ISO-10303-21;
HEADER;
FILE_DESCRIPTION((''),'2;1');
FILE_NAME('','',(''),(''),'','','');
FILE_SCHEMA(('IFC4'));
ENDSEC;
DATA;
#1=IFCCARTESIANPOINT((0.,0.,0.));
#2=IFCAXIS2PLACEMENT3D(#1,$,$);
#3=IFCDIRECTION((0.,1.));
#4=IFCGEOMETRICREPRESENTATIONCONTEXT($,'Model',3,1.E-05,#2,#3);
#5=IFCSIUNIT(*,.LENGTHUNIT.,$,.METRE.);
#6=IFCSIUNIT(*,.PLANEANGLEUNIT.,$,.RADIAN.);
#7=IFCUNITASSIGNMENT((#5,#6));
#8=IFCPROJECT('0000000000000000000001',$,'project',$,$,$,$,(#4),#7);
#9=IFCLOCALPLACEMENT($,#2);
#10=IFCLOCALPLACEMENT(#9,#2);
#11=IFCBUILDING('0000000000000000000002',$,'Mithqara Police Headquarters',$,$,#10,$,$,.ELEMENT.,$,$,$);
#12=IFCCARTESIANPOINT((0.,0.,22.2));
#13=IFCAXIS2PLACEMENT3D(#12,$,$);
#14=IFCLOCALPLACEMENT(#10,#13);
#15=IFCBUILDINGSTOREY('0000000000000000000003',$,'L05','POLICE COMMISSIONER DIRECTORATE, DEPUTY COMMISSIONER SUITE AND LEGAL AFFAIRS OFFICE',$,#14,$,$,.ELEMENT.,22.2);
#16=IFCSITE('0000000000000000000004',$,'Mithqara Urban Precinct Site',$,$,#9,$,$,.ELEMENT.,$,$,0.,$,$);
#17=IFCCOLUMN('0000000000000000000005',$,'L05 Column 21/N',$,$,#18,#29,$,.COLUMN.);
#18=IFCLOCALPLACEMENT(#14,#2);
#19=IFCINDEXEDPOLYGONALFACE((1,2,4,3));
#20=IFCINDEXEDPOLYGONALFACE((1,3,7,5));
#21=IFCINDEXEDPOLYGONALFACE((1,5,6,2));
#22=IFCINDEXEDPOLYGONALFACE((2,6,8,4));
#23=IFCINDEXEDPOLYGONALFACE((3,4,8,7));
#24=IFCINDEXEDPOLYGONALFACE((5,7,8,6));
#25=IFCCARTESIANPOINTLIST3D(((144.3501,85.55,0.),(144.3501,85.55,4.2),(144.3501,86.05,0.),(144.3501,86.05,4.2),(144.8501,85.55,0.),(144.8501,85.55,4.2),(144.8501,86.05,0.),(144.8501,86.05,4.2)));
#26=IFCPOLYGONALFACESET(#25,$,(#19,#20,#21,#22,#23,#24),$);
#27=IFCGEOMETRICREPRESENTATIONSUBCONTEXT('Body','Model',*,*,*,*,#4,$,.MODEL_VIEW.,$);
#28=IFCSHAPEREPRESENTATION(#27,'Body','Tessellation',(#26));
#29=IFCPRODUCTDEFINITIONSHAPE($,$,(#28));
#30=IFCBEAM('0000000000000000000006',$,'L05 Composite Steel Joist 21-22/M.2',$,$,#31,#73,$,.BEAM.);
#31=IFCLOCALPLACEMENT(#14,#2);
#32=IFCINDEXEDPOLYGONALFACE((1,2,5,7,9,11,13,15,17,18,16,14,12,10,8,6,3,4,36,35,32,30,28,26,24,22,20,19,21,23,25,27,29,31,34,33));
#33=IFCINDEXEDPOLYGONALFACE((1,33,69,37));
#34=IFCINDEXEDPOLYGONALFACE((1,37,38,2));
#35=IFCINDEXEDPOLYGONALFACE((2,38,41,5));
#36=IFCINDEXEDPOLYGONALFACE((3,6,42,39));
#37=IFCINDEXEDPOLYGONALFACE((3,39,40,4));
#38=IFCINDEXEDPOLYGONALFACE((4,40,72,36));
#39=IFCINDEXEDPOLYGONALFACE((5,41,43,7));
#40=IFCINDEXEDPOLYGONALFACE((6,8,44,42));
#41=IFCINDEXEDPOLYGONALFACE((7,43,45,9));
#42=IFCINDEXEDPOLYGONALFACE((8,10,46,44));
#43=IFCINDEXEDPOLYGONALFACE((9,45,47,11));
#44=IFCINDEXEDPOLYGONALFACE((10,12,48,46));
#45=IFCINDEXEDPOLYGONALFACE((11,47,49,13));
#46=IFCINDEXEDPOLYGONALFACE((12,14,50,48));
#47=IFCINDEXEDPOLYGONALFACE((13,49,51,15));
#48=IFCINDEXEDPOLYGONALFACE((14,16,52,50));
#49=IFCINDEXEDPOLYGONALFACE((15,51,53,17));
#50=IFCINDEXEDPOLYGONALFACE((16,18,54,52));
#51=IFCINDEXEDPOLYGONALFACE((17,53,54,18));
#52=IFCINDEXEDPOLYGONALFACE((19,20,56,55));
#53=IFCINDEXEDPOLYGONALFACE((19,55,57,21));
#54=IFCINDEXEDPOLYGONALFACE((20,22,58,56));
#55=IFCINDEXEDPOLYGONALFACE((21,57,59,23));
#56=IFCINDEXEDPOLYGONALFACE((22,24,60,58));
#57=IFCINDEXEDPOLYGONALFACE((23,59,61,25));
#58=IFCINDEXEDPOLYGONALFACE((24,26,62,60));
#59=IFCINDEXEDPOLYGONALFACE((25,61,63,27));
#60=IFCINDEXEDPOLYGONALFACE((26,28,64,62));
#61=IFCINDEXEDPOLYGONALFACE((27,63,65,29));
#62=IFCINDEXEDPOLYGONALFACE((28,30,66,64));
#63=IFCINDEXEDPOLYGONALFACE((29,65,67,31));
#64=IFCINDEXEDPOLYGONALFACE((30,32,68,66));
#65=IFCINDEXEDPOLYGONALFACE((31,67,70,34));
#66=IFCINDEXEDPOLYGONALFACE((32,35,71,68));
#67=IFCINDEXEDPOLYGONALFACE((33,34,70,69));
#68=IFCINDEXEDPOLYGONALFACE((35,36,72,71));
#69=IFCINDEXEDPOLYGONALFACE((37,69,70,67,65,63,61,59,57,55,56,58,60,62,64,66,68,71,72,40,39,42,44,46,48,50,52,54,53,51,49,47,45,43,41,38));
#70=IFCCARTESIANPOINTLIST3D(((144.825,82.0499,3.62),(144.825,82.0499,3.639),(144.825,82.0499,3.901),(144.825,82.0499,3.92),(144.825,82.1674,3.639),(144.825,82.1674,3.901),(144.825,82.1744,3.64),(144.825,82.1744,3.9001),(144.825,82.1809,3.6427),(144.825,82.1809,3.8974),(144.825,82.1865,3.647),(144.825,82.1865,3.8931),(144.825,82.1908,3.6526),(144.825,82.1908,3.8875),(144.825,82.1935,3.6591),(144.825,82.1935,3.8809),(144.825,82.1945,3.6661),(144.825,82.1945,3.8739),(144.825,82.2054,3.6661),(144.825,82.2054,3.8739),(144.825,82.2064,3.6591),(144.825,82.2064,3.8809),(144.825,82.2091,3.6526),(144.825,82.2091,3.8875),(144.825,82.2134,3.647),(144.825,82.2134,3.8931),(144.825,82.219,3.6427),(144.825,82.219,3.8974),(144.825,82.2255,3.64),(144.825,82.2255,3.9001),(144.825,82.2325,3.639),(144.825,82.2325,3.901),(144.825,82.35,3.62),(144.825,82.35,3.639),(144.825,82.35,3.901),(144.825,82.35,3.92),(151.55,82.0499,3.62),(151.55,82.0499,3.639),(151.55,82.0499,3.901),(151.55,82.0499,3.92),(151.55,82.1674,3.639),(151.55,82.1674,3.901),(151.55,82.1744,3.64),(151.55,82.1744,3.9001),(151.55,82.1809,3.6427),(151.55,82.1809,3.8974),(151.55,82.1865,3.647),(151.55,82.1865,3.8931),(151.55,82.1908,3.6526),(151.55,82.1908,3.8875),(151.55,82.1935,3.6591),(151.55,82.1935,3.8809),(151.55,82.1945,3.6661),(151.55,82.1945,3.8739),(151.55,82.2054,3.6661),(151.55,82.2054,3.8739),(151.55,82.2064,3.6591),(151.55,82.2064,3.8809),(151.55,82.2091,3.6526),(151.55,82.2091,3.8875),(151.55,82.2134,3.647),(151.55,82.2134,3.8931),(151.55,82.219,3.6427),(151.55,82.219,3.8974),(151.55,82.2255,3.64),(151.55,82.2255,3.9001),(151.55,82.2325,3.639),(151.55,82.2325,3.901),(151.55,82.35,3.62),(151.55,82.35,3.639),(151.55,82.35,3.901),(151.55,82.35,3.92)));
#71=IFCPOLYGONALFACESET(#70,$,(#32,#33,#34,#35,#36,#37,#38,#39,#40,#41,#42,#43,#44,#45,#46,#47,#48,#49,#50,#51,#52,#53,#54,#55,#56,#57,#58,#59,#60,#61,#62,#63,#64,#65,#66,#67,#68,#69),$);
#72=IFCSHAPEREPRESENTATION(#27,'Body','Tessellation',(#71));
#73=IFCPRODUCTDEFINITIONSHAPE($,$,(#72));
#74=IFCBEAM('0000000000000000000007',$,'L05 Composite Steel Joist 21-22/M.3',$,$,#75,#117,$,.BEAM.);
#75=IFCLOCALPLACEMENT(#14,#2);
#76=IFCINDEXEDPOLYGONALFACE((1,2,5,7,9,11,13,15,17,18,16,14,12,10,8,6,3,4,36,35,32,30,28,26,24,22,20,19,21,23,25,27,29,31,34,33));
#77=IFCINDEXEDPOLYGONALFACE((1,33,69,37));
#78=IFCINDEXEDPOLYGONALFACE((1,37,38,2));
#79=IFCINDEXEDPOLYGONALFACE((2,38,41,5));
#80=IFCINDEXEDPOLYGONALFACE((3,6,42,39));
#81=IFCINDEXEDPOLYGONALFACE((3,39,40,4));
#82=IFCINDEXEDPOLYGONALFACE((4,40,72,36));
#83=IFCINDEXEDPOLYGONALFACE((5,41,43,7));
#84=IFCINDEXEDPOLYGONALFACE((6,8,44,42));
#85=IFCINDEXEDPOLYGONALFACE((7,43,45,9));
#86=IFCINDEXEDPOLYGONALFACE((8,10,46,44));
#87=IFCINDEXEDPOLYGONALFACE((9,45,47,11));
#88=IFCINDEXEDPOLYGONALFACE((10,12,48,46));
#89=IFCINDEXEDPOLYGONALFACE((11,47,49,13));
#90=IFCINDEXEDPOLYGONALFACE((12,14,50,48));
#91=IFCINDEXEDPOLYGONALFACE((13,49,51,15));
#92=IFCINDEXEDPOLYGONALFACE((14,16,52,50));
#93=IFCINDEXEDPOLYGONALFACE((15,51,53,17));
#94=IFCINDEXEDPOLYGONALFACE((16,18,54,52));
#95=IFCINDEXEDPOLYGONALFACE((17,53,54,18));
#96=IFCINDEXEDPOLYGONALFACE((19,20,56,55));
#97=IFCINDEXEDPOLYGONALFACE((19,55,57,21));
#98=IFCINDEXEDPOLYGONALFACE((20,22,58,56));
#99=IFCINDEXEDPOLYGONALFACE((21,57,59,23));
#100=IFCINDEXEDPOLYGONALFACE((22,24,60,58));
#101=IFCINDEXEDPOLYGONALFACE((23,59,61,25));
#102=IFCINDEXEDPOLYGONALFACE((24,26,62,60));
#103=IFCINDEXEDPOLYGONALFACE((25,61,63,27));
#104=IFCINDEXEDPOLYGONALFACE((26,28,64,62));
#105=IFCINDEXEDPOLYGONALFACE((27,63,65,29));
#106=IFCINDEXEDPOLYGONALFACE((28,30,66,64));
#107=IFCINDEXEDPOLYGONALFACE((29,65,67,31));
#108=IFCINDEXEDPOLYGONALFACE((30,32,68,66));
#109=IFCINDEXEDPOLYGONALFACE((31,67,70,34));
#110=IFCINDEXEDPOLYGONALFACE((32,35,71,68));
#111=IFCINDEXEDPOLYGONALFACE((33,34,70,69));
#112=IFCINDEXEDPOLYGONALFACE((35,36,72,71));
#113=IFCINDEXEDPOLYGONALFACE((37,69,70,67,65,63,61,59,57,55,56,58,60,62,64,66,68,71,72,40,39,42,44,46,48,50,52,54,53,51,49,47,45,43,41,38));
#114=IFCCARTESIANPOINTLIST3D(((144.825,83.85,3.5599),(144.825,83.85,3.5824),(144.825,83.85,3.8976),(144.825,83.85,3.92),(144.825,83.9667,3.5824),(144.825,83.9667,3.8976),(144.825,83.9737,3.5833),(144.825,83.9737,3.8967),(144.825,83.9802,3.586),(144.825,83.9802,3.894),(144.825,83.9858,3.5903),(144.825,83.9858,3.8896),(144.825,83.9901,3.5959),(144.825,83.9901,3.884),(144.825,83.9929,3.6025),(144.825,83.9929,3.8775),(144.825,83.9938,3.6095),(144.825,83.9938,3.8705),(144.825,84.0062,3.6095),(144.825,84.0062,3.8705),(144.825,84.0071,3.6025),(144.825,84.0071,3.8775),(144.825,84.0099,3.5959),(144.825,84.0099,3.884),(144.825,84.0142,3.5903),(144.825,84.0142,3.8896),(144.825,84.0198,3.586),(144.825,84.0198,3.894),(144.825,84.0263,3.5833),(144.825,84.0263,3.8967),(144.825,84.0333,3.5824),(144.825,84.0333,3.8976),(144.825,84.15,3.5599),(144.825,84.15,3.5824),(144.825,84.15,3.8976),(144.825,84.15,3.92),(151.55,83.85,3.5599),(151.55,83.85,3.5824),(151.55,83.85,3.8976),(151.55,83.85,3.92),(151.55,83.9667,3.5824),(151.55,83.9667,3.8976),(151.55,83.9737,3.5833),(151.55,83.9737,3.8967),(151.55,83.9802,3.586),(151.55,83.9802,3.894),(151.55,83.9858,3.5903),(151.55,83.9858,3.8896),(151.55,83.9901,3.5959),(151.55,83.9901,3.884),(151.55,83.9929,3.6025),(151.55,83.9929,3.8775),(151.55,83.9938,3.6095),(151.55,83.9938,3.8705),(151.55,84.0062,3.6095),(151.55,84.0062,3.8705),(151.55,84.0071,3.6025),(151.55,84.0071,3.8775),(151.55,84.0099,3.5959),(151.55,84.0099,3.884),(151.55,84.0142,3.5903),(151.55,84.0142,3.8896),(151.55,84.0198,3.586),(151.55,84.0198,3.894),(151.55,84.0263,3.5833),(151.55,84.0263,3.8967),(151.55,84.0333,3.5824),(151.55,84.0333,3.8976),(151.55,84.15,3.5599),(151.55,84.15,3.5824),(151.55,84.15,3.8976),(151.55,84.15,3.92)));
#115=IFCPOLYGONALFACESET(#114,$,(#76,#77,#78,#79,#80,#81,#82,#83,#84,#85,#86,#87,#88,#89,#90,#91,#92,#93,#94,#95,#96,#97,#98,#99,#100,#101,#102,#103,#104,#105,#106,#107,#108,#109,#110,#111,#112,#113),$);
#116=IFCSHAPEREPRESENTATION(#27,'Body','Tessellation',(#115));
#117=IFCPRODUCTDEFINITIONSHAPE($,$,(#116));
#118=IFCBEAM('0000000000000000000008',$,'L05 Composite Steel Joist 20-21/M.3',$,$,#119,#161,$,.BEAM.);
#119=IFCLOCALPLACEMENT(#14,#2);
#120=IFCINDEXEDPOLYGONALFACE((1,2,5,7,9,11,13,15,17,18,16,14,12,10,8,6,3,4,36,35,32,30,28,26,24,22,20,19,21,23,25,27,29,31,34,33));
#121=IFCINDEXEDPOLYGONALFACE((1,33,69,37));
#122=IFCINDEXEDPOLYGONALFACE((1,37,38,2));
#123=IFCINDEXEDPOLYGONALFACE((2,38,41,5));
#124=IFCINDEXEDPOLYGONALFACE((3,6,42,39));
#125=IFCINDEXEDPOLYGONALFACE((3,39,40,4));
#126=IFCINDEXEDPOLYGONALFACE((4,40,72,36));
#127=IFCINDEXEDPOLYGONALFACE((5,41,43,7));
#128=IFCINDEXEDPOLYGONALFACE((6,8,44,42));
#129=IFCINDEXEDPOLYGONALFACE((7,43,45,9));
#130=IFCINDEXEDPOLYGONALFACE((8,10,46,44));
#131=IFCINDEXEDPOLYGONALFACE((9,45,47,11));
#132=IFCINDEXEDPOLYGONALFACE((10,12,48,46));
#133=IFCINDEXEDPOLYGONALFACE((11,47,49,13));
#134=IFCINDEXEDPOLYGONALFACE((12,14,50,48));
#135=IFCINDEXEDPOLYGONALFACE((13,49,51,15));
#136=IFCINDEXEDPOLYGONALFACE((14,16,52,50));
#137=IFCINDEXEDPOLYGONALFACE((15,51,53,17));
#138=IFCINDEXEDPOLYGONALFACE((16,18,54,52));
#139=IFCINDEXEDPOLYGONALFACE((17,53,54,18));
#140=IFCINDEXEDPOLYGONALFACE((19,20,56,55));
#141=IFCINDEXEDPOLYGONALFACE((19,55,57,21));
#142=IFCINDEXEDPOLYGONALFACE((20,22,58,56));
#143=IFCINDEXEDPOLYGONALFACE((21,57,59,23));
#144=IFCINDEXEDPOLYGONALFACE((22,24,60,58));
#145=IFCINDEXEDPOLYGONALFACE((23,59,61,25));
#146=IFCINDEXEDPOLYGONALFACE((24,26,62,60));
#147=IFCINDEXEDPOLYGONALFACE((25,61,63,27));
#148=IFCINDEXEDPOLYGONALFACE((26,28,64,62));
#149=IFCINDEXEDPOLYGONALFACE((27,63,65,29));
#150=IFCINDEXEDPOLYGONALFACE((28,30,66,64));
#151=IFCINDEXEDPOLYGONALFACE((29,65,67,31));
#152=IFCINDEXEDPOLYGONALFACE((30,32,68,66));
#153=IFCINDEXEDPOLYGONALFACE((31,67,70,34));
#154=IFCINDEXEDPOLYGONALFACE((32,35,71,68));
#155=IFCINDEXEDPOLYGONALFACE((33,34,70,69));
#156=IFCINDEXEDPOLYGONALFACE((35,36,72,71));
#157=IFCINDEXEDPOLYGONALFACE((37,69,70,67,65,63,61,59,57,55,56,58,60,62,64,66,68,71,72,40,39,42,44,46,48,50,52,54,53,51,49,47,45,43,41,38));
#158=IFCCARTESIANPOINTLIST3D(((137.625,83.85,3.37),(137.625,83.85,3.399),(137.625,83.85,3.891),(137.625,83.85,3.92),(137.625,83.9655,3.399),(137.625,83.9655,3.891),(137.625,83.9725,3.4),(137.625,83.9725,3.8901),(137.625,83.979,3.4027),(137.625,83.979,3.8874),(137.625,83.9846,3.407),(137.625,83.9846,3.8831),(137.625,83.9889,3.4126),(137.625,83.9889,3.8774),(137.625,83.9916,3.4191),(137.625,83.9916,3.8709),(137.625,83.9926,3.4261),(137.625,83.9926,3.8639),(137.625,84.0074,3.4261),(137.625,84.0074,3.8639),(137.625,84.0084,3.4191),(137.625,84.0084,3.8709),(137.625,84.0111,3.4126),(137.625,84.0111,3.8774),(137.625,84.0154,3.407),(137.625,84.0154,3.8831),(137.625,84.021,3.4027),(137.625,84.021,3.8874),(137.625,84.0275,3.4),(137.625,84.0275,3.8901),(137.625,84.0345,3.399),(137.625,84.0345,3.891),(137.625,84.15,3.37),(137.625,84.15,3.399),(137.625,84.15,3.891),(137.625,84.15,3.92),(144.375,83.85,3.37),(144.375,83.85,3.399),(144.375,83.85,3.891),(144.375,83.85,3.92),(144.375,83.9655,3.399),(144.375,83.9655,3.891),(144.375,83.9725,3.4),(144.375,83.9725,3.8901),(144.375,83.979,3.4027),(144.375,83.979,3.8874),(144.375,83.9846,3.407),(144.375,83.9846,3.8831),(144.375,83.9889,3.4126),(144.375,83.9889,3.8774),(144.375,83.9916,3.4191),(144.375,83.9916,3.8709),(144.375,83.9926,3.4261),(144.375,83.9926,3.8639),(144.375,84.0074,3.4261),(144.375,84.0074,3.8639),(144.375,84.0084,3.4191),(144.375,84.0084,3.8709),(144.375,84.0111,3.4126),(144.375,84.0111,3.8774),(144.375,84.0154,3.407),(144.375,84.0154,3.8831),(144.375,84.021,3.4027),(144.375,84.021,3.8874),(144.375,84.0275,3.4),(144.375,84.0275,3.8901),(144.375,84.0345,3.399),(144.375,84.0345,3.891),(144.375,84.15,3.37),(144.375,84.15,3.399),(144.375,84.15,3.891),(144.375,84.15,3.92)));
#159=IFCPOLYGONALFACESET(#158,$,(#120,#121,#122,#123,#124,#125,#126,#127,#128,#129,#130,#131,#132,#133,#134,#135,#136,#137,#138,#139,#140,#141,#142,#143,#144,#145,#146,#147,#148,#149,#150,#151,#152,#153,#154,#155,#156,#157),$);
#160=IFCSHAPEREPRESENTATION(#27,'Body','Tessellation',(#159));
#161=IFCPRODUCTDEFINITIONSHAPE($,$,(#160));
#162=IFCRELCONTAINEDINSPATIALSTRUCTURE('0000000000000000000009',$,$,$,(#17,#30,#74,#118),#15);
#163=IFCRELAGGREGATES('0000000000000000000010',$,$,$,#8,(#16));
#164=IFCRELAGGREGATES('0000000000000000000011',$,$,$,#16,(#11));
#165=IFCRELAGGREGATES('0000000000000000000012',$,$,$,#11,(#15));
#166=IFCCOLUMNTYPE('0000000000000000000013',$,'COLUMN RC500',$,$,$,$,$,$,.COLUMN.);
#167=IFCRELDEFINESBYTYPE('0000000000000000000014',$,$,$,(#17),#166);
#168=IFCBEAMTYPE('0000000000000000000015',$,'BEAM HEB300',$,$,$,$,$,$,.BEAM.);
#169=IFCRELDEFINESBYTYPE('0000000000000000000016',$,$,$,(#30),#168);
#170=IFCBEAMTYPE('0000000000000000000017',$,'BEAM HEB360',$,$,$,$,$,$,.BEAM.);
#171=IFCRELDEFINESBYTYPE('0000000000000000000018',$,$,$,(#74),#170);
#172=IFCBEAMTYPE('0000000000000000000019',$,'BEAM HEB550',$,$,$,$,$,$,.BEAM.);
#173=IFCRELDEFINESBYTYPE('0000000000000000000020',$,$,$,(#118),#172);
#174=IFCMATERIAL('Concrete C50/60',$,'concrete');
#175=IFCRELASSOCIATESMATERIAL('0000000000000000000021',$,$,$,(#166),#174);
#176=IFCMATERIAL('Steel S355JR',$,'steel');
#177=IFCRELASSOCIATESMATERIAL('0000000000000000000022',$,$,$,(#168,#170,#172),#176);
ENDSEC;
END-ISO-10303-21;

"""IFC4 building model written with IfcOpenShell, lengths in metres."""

from ifc_helpers import new_model, si_unit, direction, frame, origin, origin_2d, place, context, subcontext, project, spatial, rectangle, i_section, extrude, material, material_profile, profile_set, type_object, element, save


model = new_model("IFC4")

# Units and contexts
model_context = context("Model", 3, precision=1e-05, world=origin(), true_north=direction((0.0, 1.0)))
body_context = subcontext(model_context, "Body", "Model", "MODEL_VIEW")
ifc_project = project(units=[si_unit("LENGTHUNIT", "METRE"), si_unit("PLANEANGLEUNIT", "RADIAN")], contexts=[model_context])

# Site, building, storey
site_placement = place(None, origin())
site = spatial("IfcSite", under=ifc_project, at=site_placement, Name="Mithqara Urban Precinct Site", CompositionType="ELEMENT", RefElevation=0.0)
building_placement = place(site_placement, origin())
building = spatial("IfcBuilding", under=site, at=building_placement, Name="Mithqara Police Headquarters", CompositionType="ELEMENT")
storey_placement = place(building_placement, frame((0.0, 0.0, 22.2)))
storey = spatial("IfcBuildingStorey", under=building, at=storey_placement, Name="L05", Description="POLICE COMMISSIONER DIRECTORATE, DEPUTY COMMISSIONER SUITE AND LEGAL AFFAIRS OFFICE", CompositionType="ELEMENT", Elevation=22.2)

# Column
ifc_material_1 = material(Name="Concrete C50/60", Category="concrete")
ifc_material_profile_1 = material_profile(ifc_material_1, rectangle(XDim=0.5, YDim=0.5, at=origin_2d()), Name="RC 500x500")
ifc_profile_set_1 = profile_set([ifc_material_profile_1], Name="Concrete C50/60")
column_type = type_object("IfcColumnType", Name="COLUMN RC500", PredefinedType="COLUMN", material=ifc_profile_set_1)
column_placement = place(storey_placement, frame((144.6001, 85.8, 0.0), z_axis=(0.0, 0.0, 1.0), x_axis=(1.0, 0.0, 0.0)))
element("IfcColumn", 1, at=column_placement, inside=storey, type_object=column_type, Name="L05 Column 21/N", PredefinedType="COLUMN", context=body_context, shape_type="SweptSolid", body=[
    extrude(rectangle(XDim=0.5, YDim=0.5, at=origin_2d()), origin(), (0.0, 0.0, 1.0), 4.2),
])

# Beams
ifc_material_2 = material(Name="Steel S355JR", Category="steel")
ifc_material_profile_2 = material_profile(ifc_material_2, i_section(OverallWidth=0.3, OverallDepth=0.3, WebThickness=0.011, FlangeThickness=0.019, FilletRadius=0.0271, at=origin_2d()), Name="HEB 300")
ifc_profile_set_2 = profile_set([ifc_material_profile_2], Name="Steel S355JR")
beam_type_1 = type_object("IfcBeamType", Name="BEAM HEB300", PredefinedType="BEAM", material=ifc_profile_set_2)
beam_1_placement = place(storey_placement, frame((144.825, 82.2, 3.77), z_axis=(1.0, 0.0, 0.0), x_axis=(0.0, 1.0, 0.0)))
element("IfcBeam", 2, at=beam_1_placement, inside=storey, type_object=beam_type_1, Name="L05 Composite Steel Joist 21-22/M.2", PredefinedType="BEAM", context=body_context, shape_type="SweptSolid", body=[
    extrude(i_section(OverallWidth=0.3, OverallDepth=0.3, WebThickness=0.011, FlangeThickness=0.019, FilletRadius=0.0271, at=origin_2d()), origin(), (0.0, 0.0, 1.0), 6.7251),
])
ifc_material_profile_3 = material_profile(ifc_material_2, i_section(OverallWidth=0.3, OverallDepth=0.3601, WebThickness=0.0125, FlangeThickness=0.0225, FilletRadius=0.0271, at=origin_2d()), Name="HEB 360")
ifc_profile_set_3 = profile_set([ifc_material_profile_3], Name="Steel S355JR")
beam_type_2 = type_object("IfcBeamType", Name="BEAM HEB360", PredefinedType="BEAM", material=ifc_profile_set_3)
beam_2_placement = place(storey_placement, frame((144.825, 84.0, 3.74), z_axis=(1.0, 0.0, 0.0), x_axis=(0.0, 1.0, 0.0)))
element("IfcBeam", 3, at=beam_2_placement, inside=storey, type_object=beam_type_2, Name="L05 Composite Steel Joist 21-22/M.3", PredefinedType="BEAM", context=body_context, shape_type="SweptSolid", body=[
    extrude(i_section(OverallWidth=0.3, OverallDepth=0.3601, WebThickness=0.0125, FlangeThickness=0.0225, FilletRadius=0.0271, at=origin_2d()), origin(), (0.0, 0.0, 1.0), 6.7251),
])
ifc_material_profile_4 = material_profile(ifc_material_2, i_section(OverallWidth=0.3, OverallDepth=0.55, WebThickness=0.0149, FlangeThickness=0.0291, FilletRadius=0.0271, at=origin_2d()), Name="HEB 550")
ifc_profile_set_4 = profile_set([ifc_material_profile_4], Name="Steel S355JR")
beam_type_3 = type_object("IfcBeamType", Name="BEAM HEB550", PredefinedType="BEAM", material=ifc_profile_set_4)
beam_3_placement = place(storey_placement, frame((137.625, 84.0, 3.645), z_axis=(1.0, 0.0, 0.0), x_axis=(0.0, 1.0, 0.0)))
element("IfcBeam", 4, at=beam_3_placement, inside=storey, type_object=beam_type_3, Name="L05 Composite Steel Joist 20-21/M.3", PredefinedType="BEAM", context=body_context, shape_type="SweptSolid", body=[
    extrude(i_section(OverallWidth=0.3, OverallDepth=0.55, WebThickness=0.0149, FlangeThickness=0.0291, FilletRadius=0.0271, at=origin_2d()), origin(), (0.0, 0.0, 1.0), 6.75),
])

save(model, "model.ifc")
